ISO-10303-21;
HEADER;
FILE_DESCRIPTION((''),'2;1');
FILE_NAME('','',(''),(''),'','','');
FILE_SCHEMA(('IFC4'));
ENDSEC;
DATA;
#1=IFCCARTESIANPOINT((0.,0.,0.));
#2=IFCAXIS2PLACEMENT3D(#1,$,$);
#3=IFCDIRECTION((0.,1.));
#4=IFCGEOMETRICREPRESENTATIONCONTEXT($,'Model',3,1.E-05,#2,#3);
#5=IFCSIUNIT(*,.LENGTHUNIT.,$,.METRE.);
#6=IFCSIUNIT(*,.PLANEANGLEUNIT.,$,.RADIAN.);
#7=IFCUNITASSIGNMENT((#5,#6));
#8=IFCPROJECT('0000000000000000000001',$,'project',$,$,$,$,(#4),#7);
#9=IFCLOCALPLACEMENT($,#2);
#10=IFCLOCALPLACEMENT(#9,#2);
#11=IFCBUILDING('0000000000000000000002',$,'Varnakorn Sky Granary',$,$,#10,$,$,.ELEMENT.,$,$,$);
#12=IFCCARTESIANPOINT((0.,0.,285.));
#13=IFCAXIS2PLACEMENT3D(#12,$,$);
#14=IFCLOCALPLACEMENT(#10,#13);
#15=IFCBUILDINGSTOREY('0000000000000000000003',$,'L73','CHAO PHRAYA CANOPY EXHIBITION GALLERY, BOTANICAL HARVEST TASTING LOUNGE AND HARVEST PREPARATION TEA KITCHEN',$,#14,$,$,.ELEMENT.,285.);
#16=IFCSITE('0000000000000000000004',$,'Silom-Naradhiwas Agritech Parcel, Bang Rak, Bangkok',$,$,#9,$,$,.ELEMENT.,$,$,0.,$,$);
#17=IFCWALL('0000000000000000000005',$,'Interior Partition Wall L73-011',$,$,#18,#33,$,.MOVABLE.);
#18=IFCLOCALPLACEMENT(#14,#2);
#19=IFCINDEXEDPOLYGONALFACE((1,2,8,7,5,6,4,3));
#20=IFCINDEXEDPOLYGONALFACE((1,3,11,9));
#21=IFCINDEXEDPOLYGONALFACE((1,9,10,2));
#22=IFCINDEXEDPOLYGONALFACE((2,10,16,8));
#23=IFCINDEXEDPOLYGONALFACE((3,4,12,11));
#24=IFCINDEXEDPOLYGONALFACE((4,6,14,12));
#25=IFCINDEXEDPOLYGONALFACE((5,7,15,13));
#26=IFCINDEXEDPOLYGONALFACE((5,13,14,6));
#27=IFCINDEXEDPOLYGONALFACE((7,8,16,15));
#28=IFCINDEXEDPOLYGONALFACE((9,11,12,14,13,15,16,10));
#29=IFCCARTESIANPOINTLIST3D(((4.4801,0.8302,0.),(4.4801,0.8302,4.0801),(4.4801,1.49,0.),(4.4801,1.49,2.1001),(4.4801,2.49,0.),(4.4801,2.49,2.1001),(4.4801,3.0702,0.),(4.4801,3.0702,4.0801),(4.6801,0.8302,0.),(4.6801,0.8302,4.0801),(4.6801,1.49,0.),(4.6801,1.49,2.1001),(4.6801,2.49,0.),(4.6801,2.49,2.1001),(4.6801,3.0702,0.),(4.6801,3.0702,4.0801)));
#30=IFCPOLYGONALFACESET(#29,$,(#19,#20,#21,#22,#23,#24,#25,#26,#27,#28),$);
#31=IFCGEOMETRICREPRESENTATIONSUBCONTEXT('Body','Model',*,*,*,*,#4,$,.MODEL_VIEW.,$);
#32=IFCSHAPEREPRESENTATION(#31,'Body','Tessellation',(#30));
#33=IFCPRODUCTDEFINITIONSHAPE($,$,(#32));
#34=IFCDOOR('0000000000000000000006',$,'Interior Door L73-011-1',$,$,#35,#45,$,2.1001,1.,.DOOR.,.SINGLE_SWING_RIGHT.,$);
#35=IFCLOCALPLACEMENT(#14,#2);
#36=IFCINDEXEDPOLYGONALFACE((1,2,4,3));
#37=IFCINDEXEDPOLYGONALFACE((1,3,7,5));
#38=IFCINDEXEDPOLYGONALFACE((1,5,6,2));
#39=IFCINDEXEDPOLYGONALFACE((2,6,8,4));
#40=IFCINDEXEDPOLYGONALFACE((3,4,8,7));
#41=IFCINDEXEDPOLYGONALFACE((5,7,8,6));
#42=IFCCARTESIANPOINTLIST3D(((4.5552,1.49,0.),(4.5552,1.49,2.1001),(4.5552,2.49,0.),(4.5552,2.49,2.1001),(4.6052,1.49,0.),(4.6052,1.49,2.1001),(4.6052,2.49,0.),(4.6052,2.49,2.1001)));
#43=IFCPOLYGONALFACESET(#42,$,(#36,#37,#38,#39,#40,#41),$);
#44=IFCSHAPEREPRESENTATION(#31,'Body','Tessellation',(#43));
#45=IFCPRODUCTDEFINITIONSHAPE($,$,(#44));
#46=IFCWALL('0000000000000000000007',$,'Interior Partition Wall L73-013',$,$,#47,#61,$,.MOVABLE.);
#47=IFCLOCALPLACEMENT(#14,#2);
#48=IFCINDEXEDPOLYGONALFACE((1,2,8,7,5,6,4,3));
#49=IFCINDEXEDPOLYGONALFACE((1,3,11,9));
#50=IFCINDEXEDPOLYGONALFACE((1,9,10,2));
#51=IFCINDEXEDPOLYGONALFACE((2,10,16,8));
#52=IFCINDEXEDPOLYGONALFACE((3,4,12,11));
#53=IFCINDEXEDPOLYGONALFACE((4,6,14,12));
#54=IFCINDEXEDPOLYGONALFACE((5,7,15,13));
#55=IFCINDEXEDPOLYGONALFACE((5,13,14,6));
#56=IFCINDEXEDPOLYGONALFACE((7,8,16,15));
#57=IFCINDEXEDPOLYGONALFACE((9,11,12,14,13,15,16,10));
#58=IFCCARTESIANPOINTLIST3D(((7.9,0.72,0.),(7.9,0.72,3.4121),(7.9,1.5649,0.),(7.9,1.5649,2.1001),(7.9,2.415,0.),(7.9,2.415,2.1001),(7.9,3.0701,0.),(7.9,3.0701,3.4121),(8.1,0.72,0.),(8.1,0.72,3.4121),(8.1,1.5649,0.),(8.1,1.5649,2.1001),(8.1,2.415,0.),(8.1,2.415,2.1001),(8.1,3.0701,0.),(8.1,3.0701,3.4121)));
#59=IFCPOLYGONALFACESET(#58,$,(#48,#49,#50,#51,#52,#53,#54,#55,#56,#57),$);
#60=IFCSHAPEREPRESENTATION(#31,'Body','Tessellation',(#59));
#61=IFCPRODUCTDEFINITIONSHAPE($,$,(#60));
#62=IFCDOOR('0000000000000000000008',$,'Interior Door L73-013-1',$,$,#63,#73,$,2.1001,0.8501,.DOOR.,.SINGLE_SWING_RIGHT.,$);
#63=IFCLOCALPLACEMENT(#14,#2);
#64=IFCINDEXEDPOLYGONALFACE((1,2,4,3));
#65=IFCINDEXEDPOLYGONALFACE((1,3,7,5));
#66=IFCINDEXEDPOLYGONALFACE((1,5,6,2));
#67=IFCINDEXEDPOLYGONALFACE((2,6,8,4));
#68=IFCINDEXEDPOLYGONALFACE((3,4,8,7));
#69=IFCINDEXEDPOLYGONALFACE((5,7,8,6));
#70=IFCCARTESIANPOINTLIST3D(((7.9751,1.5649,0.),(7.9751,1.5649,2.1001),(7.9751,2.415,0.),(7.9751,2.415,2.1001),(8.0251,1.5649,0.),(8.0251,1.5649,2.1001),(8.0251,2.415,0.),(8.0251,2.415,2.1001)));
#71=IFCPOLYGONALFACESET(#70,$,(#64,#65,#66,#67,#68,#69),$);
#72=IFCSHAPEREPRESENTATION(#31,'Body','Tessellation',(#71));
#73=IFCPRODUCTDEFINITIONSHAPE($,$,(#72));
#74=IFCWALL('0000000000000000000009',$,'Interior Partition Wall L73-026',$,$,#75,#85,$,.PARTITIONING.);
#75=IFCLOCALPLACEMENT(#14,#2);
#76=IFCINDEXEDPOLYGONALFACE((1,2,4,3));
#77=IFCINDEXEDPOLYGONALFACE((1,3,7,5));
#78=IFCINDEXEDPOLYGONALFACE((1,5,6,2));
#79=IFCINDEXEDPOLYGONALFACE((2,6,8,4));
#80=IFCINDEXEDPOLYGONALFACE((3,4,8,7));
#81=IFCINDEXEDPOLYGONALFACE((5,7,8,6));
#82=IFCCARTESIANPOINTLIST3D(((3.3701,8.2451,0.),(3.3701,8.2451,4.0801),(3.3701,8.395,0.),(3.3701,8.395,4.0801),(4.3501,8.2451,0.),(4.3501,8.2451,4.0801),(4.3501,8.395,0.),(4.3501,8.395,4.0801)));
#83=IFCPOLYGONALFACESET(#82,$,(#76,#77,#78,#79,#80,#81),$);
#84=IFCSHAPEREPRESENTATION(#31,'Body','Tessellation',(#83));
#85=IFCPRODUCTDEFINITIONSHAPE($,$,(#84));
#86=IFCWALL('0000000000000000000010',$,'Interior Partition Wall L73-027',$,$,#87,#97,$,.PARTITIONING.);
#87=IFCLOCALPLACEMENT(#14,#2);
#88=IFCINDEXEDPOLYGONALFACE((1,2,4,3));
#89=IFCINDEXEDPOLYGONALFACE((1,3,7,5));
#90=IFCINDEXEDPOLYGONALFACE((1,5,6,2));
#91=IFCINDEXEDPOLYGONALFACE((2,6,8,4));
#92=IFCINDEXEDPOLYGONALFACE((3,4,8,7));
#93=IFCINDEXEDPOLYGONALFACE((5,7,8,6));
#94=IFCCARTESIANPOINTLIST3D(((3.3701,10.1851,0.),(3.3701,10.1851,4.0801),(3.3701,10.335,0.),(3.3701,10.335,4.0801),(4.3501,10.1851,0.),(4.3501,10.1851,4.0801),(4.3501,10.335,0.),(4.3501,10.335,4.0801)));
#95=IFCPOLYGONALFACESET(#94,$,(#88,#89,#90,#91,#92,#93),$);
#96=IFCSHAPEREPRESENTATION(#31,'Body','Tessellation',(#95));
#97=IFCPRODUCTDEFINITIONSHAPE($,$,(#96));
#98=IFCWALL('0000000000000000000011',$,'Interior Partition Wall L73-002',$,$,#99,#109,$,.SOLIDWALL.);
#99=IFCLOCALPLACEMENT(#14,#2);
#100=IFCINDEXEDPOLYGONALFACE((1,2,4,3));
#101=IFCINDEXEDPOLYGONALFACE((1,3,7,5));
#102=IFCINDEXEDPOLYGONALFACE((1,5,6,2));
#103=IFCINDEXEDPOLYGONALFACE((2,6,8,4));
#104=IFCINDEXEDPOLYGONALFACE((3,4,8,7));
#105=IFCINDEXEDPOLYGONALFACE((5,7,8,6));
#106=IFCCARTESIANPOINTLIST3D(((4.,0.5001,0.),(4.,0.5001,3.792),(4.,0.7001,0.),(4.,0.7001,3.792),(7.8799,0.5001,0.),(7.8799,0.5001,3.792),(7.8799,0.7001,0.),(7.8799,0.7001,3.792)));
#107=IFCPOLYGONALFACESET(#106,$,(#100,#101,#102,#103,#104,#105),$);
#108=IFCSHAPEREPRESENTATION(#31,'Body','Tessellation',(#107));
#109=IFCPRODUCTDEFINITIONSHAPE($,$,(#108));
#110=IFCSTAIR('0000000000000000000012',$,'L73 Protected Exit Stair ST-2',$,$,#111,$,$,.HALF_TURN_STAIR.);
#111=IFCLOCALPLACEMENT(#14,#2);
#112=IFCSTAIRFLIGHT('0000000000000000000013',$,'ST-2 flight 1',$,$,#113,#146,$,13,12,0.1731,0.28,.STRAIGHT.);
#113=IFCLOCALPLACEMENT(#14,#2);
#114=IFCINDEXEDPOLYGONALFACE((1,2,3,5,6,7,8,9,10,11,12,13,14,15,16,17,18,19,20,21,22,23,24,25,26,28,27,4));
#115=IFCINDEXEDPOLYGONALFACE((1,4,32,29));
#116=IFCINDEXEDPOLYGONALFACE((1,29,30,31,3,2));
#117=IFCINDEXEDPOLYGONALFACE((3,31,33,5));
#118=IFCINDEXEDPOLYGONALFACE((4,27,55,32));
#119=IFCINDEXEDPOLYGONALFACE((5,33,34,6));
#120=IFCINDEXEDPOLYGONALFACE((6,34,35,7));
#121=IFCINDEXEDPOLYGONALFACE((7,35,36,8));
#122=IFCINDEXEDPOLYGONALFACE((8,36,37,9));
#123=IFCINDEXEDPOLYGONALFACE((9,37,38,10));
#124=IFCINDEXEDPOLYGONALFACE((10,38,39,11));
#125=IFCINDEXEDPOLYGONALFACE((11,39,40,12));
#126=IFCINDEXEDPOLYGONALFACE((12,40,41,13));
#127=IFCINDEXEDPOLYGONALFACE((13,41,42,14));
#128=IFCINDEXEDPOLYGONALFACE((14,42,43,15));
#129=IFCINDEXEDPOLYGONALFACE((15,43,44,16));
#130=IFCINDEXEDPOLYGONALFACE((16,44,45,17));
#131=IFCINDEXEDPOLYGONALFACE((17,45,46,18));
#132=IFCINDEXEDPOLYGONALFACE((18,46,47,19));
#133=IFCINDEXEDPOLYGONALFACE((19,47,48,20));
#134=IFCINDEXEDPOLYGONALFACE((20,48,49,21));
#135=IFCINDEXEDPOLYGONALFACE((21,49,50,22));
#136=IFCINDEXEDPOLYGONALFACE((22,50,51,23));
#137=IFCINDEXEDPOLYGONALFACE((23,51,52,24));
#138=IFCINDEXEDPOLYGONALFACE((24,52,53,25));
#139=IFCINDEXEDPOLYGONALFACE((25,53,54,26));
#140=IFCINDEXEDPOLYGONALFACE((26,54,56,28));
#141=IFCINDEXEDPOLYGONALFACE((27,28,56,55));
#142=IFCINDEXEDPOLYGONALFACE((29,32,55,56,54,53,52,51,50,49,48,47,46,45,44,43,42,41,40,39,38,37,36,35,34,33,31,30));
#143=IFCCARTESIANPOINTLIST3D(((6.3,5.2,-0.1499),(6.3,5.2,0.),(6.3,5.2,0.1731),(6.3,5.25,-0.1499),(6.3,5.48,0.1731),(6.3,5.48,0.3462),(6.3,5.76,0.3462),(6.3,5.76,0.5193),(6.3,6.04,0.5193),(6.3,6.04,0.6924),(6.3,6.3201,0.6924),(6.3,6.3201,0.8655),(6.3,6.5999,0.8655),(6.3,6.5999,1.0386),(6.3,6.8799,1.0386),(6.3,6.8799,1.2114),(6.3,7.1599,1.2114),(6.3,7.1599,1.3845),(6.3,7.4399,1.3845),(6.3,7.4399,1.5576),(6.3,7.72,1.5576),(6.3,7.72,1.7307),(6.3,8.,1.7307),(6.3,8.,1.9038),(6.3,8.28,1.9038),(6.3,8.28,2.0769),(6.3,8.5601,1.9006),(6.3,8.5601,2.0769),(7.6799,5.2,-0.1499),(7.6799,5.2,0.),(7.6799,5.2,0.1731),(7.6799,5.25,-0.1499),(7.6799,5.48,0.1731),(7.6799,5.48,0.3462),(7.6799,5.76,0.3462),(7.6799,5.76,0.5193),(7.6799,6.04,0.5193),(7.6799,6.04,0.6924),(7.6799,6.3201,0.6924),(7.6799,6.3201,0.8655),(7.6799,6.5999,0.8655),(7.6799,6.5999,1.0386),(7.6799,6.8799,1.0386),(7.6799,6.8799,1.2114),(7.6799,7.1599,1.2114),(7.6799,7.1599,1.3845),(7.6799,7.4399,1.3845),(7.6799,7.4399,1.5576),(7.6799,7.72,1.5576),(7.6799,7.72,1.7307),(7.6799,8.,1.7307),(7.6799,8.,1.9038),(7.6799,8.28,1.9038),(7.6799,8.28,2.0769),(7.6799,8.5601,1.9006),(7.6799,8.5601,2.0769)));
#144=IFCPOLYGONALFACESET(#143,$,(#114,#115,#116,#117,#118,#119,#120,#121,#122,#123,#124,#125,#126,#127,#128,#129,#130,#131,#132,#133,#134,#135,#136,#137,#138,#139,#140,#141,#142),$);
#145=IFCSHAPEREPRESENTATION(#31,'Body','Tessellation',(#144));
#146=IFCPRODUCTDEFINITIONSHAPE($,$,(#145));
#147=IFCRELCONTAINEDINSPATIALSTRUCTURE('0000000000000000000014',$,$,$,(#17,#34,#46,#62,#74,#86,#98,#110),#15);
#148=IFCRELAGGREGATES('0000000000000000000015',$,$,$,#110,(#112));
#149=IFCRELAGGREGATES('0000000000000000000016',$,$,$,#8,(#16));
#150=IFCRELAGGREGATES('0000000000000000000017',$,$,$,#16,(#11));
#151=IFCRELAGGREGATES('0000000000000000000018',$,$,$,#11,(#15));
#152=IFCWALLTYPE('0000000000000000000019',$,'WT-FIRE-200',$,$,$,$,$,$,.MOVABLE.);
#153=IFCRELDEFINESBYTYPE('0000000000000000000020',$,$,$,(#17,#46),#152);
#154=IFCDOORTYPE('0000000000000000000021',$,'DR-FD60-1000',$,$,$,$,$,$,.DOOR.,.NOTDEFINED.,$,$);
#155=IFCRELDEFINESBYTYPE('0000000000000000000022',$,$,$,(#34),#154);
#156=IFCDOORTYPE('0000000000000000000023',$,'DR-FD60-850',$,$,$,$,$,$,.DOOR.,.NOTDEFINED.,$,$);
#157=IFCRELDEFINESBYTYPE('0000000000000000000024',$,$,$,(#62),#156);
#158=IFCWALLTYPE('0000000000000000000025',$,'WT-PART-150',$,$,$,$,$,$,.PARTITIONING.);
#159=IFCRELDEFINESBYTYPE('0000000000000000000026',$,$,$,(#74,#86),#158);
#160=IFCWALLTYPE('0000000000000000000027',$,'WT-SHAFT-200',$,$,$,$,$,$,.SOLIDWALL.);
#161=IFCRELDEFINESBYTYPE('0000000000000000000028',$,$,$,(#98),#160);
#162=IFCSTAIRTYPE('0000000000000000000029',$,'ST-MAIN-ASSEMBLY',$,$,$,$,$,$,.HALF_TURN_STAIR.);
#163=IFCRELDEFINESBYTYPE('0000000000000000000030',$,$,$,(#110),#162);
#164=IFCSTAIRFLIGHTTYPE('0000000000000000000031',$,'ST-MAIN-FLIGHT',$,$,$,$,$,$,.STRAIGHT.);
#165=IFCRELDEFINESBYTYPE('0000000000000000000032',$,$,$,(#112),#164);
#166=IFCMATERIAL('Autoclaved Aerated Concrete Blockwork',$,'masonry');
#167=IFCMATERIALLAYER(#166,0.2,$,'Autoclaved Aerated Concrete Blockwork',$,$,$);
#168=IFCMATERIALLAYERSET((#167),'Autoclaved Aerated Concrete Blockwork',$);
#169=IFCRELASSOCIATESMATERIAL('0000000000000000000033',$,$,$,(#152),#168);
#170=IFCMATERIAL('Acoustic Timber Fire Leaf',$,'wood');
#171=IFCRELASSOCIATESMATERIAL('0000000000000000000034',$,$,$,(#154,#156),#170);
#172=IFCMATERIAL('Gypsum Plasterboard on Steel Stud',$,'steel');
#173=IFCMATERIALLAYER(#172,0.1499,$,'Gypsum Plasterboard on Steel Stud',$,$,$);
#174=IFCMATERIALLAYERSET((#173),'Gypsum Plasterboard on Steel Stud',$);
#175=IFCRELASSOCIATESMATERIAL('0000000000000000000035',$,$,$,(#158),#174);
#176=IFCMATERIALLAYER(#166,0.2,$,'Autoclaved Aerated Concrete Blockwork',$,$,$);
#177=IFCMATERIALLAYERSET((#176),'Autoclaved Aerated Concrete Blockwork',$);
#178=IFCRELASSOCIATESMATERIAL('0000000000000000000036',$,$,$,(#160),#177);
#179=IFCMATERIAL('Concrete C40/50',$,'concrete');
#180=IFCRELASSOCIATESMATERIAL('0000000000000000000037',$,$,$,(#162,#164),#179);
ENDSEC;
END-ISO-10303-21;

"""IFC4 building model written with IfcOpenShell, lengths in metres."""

from ifc_helpers import new_model, si_unit, direction, frame, frame_2d, origin, place, context, subcontext, project, spatial, polyline, rectangle, outline, extrude, material, layer, layer_set, type_object, element, fill, aggregate, save


model = new_model("IFC4")

# Units and contexts
model_context = context("Model", 3, precision=1e-05, world=origin(), true_north=direction((0.0, 1.0)))
body_context = subcontext(model_context, "Body", "Model", "MODEL_VIEW")
ifc_project = project(units=[si_unit("LENGTHUNIT", "METRE"), si_unit("PLANEANGLEUNIT", "RADIAN")], contexts=[model_context])

# Site, building, storey
site_placement = place(None, origin())
site = spatial("IfcSite", under=ifc_project, at=site_placement, Name="Silom-Naradhiwas Agritech Parcel, Bang Rak, Bangkok", CompositionType="ELEMENT", RefElevation=0.0)
building_placement = place(site_placement, origin())
building = spatial("IfcBuilding", under=site, at=building_placement, Name="Varnakorn Sky Granary", CompositionType="ELEMENT")
storey_placement = place(building_placement, frame((0.0, 0.0, 285.0)))
storey = spatial("IfcBuildingStorey", under=building, at=storey_placement, Name="L73", Description="CHAO PHRAYA CANOPY EXHIBITION GALLERY, BOTANICAL HARVEST TASTING LOUNGE AND HARVEST PREPARATION TEA KITCHEN", CompositionType="ELEMENT", Elevation=285.0)

# Walls, openings, doors
ifc_material_1 = material(Name="Autoclaved Aerated Concrete Blockwork", Category="masonry")
ifc_layer_1 = layer(ifc_material_1, 0.2, Name="Autoclaved Aerated Concrete Blockwork")
ifc_layer_set_1 = layer_set([ifc_layer_1], Name="Autoclaved Aerated Concrete Blockwork")
wall_type_1 = type_object("IfcWallType", Name="WT-FIRE-200", PredefinedType="MOVABLE", material=ifc_layer_set_1)
wall_1_placement = place(storey_placement, frame((4.5801, 0.8301, 0.0), z_axis=(0.0, 0.0, 1.0), x_axis=(0.0, 1.0, 0.0)))
wall_1 = element("IfcWall", 1, at=wall_1_placement, inside=storey, type_object=wall_type_1, Name="Interior Partition Wall L73-011", PredefinedType="MOVABLE", context=body_context, shape_type="SweptSolid", body=[
    extrude(rectangle(XDim=2.24, YDim=0.2, at=frame_2d((1.1201, 0.0))), origin(), (0.0, 0.0, 1.0), 4.0801),
])
opening_1_placement = place(wall_1_placement, frame((0.6599, 0.0, 0.0)))
opening_1 = element("IfcOpeningElement", 2, at=opening_1_placement, cuts=wall_1, PredefinedType="OPENING", context=body_context, shape_type="SweptSolid", body=[
    extrude(rectangle(XDim=1.0, YDim=2.1001, at=frame_2d((0.5, 1.05))), frame((0.0, 0.1099, 0.0), z_axis=(0.0, -1.0, 0.0), x_axis=(1.0, 0.0, 0.0)), (0.0, 0.0, 1.0), 0.22),
])
ifc_material_2 = material(Name="Acoustic Timber Fire Leaf", Category="wood")
door_type_1 = type_object("IfcDoorType", Name="DR-FD60-1000", OperationType="NOTDEFINED", PredefinedType="DOOR", material=ifc_material_2)
door_1_placement = place(opening_1_placement, origin())
door_1 = element("IfcDoor", 3, at=door_1_placement, inside=storey, type_object=door_type_1, Name="Interior Door L73-011-1", OperationType="SINGLE_SWING_RIGHT", OverallHeight=2.1001, OverallWidth=1.0, PredefinedType="DOOR", context=body_context, shape_type="SweptSolid", body=[
    extrude(rectangle(XDim=1.0, YDim=2.1001, at=frame_2d((0.5, 1.05))), frame((0.0, 0.0249, 0.0), z_axis=(0.0, -1.0, 0.0), x_axis=(1.0, 0.0, 0.0)), (0.0, 0.0, 1.0), 0.05),
])
fill(opening_1, door_1)
wall_2_placement = place(storey_placement, frame((8.0, 0.72, 0.0), z_axis=(0.0, 0.0, 1.0), x_axis=(0.0, 1.0, 0.0)))
wall_2 = element("IfcWall", 4, at=wall_2_placement, inside=storey, type_object=wall_type_1, Name="Interior Partition Wall L73-013", PredefinedType="MOVABLE", context=body_context, shape_type="SweptSolid", body=[
    extrude(rectangle(XDim=2.3501, YDim=0.2, at=frame_2d((1.175, 0.0))), origin(), (0.0, 0.0, 1.0), 3.4121),
])
opening_2_placement = place(wall_2_placement, frame((0.845, 0.0, 0.0)))
opening_2 = element("IfcOpeningElement", 5, at=opening_2_placement, cuts=wall_2, PredefinedType="OPENING", context=body_context, shape_type="SweptSolid", body=[
    extrude(rectangle(XDim=0.8501, YDim=2.1001, at=frame_2d((0.425, 1.05))), frame((0.0, 0.1099, 0.0), z_axis=(0.0, -1.0, 0.0), x_axis=(1.0, 0.0, 0.0)), (0.0, 0.0, 1.0), 0.22),
])
door_type_2 = type_object("IfcDoorType", Name="DR-FD60-850", OperationType="NOTDEFINED", PredefinedType="DOOR", material=ifc_material_2)
door_2_placement = place(opening_2_placement, origin())
door_2 = element("IfcDoor", 6, at=door_2_placement, inside=storey, type_object=door_type_2, Name="Interior Door L73-013-1", OperationType="SINGLE_SWING_RIGHT", OverallHeight=2.1001, OverallWidth=0.8501, PredefinedType="DOOR", context=body_context, shape_type="SweptSolid", body=[
    extrude(rectangle(XDim=0.8501, YDim=2.1001, at=frame_2d((0.425, 1.05))), frame((0.0, 0.0249, 0.0), z_axis=(0.0, -1.0, 0.0), x_axis=(1.0, 0.0, 0.0)), (0.0, 0.0, 1.0), 0.05),
])
fill(opening_2, door_2)

# Walls
ifc_material_3 = material(Name="Gypsum Plasterboard on Steel Stud", Category="steel")
ifc_layer_2 = layer(ifc_material_3, 0.1499, Name="Gypsum Plasterboard on Steel Stud")
ifc_layer_set_2 = layer_set([ifc_layer_2], Name="Gypsum Plasterboard on Steel Stud")
wall_type_2 = type_object("IfcWallType", Name="WT-PART-150", PredefinedType="PARTITIONING", material=ifc_layer_set_2)
for number, where, z_axis, x_axis, name in (
    (7, (3.3701, 8.3201, 0.0), (0.0, 0.0, 1.0), (1.0, 0.0, 0.0), "Interior Partition Wall L73-026"),
    (8, (3.3701, 10.26, 0.0), (0.0, 0.0, 1.0), (1.0, 0.0, 0.0), "Interior Partition Wall L73-027"),
):
    element("IfcWall", number, at=place(storey_placement, frame(where, z_axis=z_axis, x_axis=x_axis)), inside=storey, type_object=wall_type_2, Name=name, PredefinedType="PARTITIONING", context=body_context, shape_type="SweptSolid", body=[
        extrude(rectangle(XDim=0.98, YDim=0.1499, at=frame_2d((0.49, 0.0))), origin(), (0.0, 0.0, 1.0), 4.0801),
    ])
ifc_layer_3 = layer(ifc_material_1, 0.2, Name="Autoclaved Aerated Concrete Blockwork")
ifc_layer_set_3 = layer_set([ifc_layer_3], Name="Autoclaved Aerated Concrete Blockwork")
wall_type_3 = type_object("IfcWallType", Name="WT-SHAFT-200", PredefinedType="SOLIDWALL", material=ifc_layer_set_3)
wall_3_placement = place(storey_placement, frame((4.0, 0.6001, 0.0), z_axis=(0.0, 0.0, 1.0), x_axis=(1.0, 0.0, 0.0)))
element("IfcWall", 9, at=wall_3_placement, inside=storey, type_object=wall_type_3, Name="Interior Partition Wall L73-002", PredefinedType="SOLIDWALL", context=body_context, shape_type="SweptSolid", body=[
    extrude(rectangle(XDim=3.8799, YDim=0.2, at=frame_2d((1.9399, 0.0))), origin(), (0.0, 0.0, 1.0), 3.792),
])

# Stair, stair flight
ifc_material_4 = material(Name="Concrete C40/50", Category="concrete")
stair_type = type_object("IfcStairType", Name="ST-MAIN-ASSEMBLY", PredefinedType="HALF_TURN_STAIR", material=ifc_material_4)
stair_placement = place(storey_placement, origin())
stair = element("IfcStair", 10, at=stair_placement, inside=storey, type_object=stair_type, Name="L73 Protected Exit Stair ST-2", PredefinedType="HALF_TURN_STAIR")
stair_flight_type = type_object("IfcStairFlightType", Name="ST-MAIN-FLIGHT", PredefinedType="STRAIGHT", material=ifc_material_4)
stair_flight_1_placement = place(storey_placement, frame((6.99, 5.2, 0.0), z_axis=(0.0, 0.0, 1.0), x_axis=(0.0, 1.0, 0.0)))
stair_flight_1 = element("IfcStairFlight", 11, at=stair_flight_1_placement, type_object=stair_flight_type, Name="ST-2 flight 1", NumberOfRisers=13, NumberOfTreads=12, PredefinedType="STRAIGHT", RiserHeight=0.1731, TreadLength=0.28, context=body_context, shape_type="SweptSolid", body=[
    extrude(outline(polyline([(0.0, -0.1499), (0.0, 0.0), (0.0, 0.1731), (0.28, 0.1731), (0.28, 0.3462), (0.5601, 0.3462), (0.5601, 0.5193), (0.8401, 0.5193), (0.8401, 0.6924), (1.1201, 0.6924), (1.1201, 0.8655), (1.3999, 0.8655), (1.3999, 1.0386), (1.6799, 1.0386), (1.6799, 1.2114), (1.96, 1.2114), (1.96, 1.3845), (2.24, 1.3845), (2.24, 1.5576), (2.52, 1.5576), (2.52, 1.7307), (2.8, 1.7307), (2.8, 1.9038), (3.0801, 1.9038), (3.0801, 2.0769), (3.3601, 2.0769), (3.3601, 2.25), (3.3601, 1.9006), (0.05, -0.1499), (0.0, -0.1499)])), frame((0.0, 0.6899, 0.0), z_axis=(0.0, -1.0, 0.0), x_axis=(1.0, 0.0, 0.0)), (0.0, 0.0, 1.0), 1.3799),
])
aggregate(stair, [stair_flight_1])

save(model, "model.ifc")
